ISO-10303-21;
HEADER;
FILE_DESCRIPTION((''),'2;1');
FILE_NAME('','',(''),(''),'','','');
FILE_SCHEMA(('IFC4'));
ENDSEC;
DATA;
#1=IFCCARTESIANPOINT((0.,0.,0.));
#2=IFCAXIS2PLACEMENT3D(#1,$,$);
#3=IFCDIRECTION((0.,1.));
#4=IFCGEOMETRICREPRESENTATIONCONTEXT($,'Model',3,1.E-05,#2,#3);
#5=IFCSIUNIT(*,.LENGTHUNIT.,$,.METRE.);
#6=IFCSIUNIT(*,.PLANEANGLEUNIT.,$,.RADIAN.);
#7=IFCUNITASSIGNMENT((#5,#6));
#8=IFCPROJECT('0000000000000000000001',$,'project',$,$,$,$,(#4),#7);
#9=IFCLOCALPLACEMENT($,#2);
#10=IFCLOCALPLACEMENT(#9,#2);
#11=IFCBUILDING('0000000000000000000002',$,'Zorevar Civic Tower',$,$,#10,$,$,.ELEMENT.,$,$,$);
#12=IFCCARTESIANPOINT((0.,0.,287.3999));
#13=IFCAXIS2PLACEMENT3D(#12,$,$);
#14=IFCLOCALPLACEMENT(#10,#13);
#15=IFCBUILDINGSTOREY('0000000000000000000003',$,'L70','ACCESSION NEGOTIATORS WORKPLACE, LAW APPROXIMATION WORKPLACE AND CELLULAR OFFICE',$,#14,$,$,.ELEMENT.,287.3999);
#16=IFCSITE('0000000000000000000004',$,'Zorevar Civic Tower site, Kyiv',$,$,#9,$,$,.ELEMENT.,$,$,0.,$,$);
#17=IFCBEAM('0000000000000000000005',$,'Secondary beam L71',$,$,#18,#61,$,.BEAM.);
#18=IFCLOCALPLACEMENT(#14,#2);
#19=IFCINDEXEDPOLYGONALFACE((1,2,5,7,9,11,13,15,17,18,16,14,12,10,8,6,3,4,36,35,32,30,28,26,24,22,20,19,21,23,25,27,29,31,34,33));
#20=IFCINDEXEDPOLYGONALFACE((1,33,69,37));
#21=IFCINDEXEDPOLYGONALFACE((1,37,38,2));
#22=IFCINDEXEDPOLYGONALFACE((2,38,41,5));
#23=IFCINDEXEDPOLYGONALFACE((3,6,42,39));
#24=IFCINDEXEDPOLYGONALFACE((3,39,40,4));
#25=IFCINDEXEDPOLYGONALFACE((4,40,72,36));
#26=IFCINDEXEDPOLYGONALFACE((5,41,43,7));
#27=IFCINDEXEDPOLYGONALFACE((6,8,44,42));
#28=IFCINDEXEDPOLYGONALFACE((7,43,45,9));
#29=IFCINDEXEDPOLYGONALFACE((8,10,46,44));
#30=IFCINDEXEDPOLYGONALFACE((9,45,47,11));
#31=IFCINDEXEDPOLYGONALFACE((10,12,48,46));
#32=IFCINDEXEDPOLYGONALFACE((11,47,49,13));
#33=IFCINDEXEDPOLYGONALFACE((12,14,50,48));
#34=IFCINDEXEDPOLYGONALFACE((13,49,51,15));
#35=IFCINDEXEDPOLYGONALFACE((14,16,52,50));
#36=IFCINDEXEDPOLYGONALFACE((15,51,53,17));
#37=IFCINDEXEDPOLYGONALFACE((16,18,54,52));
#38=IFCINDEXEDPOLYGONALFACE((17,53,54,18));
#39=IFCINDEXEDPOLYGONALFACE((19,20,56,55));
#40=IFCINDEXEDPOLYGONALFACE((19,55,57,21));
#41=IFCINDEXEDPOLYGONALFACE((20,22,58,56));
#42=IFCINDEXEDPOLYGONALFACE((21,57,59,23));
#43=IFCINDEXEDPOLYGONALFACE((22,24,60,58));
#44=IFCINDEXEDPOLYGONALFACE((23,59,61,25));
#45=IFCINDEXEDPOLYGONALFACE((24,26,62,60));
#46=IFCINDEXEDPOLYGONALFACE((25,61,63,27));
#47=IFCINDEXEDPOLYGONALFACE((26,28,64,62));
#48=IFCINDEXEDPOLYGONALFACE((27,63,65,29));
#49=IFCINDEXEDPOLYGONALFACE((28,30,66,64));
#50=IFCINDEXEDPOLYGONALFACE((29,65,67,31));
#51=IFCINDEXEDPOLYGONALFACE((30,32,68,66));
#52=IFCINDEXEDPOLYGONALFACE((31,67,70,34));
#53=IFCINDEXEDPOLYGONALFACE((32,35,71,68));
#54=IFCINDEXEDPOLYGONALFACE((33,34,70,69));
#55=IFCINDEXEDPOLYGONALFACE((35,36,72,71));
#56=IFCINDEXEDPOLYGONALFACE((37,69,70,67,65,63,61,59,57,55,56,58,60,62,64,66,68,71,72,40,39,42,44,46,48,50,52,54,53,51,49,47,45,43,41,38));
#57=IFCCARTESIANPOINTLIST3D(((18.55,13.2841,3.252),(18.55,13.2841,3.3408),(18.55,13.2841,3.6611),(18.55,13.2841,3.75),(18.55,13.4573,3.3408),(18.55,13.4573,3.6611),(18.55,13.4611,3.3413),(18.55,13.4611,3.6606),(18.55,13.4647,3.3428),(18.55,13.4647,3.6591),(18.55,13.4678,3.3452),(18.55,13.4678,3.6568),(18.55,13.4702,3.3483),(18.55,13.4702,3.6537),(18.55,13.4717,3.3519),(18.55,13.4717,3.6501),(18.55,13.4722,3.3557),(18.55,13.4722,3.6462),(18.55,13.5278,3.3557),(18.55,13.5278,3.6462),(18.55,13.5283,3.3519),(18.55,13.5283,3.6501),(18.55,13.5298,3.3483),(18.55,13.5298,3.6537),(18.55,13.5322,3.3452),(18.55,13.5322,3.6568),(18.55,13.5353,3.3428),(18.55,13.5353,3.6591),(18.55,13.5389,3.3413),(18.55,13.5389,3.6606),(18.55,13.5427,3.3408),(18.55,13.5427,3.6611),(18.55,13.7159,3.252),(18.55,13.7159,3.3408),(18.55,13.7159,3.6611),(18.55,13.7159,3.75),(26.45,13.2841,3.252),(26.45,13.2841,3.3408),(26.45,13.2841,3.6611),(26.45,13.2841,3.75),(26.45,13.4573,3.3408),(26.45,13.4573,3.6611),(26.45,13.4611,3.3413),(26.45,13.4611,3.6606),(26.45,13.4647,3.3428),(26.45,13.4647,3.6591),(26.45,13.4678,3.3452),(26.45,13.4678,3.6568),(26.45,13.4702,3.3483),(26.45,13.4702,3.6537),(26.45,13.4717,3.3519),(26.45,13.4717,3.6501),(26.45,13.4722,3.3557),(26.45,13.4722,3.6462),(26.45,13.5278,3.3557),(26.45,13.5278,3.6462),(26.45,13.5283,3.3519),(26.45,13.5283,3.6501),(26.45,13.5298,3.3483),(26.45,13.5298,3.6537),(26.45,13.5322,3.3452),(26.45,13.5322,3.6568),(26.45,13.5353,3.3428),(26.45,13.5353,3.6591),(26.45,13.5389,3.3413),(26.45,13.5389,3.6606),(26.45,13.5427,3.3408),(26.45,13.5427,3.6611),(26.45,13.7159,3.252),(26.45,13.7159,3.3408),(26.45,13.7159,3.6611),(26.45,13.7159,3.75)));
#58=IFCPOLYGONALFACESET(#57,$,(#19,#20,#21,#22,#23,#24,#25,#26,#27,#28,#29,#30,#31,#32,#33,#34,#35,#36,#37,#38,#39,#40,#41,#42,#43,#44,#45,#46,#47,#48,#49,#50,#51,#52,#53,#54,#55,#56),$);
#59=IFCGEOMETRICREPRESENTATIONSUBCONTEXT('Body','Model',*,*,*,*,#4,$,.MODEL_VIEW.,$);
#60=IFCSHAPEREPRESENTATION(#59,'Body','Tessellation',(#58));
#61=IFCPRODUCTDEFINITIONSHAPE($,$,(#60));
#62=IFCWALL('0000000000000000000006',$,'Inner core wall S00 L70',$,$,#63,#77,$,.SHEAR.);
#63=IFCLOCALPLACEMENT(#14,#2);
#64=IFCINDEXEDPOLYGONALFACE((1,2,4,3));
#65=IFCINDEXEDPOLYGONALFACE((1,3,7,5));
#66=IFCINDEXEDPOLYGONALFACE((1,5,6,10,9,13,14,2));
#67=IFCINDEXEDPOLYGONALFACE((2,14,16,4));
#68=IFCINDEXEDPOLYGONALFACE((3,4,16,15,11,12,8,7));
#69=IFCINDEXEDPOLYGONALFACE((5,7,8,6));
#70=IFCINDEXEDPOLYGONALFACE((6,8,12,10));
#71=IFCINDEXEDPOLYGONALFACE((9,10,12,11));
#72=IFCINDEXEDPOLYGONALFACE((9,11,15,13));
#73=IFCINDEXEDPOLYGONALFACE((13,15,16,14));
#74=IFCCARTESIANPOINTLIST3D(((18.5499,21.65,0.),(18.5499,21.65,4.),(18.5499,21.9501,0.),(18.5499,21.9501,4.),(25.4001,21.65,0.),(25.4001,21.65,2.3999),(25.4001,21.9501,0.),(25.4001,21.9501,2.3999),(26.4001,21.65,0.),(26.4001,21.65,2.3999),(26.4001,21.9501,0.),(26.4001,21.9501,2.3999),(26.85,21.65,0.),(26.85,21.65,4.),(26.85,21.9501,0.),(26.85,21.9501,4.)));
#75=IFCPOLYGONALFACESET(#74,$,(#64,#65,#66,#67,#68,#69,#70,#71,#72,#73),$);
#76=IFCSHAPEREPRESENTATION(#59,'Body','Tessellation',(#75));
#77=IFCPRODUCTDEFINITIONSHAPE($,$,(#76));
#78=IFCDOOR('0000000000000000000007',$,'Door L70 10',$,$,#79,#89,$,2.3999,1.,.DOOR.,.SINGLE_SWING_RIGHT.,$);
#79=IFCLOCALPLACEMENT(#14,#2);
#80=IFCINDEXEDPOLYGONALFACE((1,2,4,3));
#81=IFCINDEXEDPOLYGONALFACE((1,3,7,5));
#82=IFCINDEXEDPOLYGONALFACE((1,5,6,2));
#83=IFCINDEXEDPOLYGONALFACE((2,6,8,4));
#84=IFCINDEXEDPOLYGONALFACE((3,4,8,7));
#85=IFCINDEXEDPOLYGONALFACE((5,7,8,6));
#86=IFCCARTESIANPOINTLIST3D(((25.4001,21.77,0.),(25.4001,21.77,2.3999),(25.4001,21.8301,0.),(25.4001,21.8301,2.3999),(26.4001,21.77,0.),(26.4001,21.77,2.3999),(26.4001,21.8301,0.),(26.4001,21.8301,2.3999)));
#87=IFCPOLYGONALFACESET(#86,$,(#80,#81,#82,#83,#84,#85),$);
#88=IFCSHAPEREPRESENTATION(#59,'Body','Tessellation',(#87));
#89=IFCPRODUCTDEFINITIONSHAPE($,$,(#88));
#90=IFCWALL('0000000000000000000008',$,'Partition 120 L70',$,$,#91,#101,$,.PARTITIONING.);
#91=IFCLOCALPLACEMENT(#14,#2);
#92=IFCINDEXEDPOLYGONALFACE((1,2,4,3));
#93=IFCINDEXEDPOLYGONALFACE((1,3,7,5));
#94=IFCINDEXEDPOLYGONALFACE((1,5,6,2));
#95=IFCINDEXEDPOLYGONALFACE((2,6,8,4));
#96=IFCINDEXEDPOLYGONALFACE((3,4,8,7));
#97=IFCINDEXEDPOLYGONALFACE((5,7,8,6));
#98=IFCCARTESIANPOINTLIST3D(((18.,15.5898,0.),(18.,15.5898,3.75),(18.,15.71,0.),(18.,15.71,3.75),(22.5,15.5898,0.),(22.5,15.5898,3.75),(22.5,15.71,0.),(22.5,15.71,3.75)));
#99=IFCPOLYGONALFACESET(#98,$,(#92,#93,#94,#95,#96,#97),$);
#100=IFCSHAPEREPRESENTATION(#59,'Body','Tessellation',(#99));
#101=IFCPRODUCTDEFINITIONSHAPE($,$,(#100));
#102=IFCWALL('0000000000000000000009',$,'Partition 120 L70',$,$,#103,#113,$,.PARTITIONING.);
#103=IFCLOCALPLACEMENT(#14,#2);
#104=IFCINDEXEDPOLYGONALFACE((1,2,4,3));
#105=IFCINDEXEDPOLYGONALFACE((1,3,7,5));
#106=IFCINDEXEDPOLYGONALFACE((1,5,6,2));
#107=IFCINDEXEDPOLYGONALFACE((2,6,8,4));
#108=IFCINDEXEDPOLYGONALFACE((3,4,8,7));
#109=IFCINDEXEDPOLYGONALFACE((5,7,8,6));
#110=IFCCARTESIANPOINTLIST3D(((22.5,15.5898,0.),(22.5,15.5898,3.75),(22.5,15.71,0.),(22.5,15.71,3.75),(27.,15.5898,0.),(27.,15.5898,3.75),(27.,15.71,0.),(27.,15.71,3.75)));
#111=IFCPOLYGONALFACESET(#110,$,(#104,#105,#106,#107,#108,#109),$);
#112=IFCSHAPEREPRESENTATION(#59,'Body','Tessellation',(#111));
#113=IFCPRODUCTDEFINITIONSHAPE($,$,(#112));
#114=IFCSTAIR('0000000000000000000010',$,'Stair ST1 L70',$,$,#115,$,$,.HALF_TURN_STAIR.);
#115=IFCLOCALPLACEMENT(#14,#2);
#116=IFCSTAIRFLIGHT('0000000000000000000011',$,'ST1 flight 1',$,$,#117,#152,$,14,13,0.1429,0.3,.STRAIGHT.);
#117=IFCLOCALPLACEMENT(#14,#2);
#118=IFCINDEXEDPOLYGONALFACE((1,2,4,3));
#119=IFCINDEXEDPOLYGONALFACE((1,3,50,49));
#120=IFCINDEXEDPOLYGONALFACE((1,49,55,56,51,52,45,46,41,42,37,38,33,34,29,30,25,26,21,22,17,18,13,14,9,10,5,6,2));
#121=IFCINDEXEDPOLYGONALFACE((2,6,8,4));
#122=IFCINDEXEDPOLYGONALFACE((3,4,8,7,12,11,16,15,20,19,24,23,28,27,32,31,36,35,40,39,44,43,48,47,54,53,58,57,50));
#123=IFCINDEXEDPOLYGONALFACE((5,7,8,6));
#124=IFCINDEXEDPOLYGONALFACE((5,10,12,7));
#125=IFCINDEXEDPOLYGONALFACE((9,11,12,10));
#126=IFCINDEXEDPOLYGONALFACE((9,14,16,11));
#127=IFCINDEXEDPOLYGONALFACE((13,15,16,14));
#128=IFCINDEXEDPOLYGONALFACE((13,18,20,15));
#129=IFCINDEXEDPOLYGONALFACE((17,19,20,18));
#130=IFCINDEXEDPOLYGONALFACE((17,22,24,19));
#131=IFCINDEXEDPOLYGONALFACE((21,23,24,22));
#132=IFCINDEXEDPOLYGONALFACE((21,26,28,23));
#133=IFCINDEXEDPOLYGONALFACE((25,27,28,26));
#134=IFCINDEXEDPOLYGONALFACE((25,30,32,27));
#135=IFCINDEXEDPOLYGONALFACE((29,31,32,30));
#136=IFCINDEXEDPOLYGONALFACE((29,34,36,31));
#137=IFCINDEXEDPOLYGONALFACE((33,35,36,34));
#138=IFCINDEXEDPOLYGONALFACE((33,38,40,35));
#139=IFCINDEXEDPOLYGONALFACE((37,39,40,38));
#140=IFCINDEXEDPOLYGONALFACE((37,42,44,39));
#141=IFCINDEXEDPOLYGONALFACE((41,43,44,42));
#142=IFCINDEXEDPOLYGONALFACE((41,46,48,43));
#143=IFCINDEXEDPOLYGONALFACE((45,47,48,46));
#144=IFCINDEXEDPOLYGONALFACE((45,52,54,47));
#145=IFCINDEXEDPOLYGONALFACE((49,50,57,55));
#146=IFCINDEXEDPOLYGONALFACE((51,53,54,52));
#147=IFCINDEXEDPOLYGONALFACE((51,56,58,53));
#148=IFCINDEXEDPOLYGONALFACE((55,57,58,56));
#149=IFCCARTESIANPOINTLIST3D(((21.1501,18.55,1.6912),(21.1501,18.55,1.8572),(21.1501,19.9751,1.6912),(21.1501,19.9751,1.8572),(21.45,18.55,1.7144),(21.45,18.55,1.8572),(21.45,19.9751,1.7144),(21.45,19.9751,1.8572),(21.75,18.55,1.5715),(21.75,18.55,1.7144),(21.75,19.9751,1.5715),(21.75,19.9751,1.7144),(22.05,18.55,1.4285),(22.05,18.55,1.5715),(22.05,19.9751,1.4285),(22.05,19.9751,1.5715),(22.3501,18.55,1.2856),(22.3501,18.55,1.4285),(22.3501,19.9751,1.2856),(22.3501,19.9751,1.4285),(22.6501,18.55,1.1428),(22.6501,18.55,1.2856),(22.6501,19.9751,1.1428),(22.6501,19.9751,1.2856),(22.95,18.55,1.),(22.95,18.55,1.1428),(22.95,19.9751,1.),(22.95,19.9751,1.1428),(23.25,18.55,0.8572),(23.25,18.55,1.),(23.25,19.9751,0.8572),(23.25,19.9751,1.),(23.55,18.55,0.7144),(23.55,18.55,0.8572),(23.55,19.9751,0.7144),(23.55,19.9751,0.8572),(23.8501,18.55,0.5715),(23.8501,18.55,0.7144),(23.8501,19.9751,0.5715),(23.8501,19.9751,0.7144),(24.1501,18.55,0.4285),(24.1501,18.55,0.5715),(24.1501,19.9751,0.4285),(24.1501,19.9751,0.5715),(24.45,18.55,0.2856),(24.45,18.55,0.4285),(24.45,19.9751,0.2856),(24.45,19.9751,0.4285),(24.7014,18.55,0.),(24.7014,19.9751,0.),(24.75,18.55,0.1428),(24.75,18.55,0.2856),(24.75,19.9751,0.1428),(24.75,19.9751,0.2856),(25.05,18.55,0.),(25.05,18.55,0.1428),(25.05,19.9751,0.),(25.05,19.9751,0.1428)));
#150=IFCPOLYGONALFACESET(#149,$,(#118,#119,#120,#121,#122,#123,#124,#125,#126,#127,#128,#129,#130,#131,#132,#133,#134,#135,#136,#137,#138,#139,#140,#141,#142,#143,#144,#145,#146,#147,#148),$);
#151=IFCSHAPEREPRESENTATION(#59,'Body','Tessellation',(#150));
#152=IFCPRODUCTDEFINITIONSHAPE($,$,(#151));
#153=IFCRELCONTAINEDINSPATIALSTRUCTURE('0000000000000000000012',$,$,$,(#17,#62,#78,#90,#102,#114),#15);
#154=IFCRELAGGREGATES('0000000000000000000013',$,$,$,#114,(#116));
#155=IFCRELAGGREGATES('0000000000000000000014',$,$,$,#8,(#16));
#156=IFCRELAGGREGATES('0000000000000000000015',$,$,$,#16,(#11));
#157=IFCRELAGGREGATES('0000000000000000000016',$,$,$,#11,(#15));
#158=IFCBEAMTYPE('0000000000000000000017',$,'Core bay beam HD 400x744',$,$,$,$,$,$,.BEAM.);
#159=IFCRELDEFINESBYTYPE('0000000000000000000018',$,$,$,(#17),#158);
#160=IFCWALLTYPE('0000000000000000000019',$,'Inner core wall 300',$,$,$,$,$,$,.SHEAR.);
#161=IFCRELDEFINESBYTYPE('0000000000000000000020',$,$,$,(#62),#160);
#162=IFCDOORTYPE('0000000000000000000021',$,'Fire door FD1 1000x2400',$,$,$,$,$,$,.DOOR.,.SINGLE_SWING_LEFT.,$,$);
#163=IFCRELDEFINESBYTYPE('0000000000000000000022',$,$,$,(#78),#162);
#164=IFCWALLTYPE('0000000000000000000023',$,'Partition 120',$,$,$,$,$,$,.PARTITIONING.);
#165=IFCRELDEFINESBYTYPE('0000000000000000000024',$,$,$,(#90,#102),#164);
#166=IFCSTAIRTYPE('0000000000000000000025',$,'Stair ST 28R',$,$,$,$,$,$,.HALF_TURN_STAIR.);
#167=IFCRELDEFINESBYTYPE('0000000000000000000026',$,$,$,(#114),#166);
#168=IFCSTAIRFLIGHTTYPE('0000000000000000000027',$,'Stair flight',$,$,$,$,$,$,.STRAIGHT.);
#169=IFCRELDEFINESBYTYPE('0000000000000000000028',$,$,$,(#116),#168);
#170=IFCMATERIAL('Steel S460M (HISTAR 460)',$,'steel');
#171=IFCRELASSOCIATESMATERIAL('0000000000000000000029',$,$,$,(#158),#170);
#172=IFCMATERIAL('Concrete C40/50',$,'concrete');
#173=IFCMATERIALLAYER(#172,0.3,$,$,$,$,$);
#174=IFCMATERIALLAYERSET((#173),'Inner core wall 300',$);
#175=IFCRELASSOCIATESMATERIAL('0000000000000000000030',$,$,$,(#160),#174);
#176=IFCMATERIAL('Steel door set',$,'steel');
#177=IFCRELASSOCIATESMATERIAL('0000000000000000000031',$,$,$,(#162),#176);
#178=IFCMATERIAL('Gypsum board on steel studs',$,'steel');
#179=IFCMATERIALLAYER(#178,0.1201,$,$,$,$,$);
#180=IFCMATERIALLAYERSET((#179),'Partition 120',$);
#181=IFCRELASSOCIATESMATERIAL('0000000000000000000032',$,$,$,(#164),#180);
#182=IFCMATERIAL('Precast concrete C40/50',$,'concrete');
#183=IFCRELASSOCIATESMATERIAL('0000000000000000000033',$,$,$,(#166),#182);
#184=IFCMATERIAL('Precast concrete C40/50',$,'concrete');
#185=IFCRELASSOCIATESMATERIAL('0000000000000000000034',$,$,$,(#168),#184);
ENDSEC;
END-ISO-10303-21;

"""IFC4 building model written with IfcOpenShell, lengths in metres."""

from ifc_helpers import new_model, si_unit, direction, frame, frame_2d, origin, origin_2d, place, context, subcontext, project, spatial, polyline, rectangle, i_section, outline, extrude, material, layer, layer_set, material_profile, profile_set, type_object, element, fill, aggregate, save


model = new_model("IFC4")

# Units and contexts
model_context = context("Model", 3, precision=1e-05, world=origin(), true_north=direction((0.0, 1.0)))
body_context = subcontext(model_context, "Body", "Model", "MODEL_VIEW")
ifc_project = project(units=[si_unit("LENGTHUNIT", "METRE"), si_unit("PLANEANGLEUNIT", "RADIAN")], contexts=[model_context])

# Site, building, storey
site_placement = place(None, origin())
site = spatial("IfcSite", under=ifc_project, at=site_placement, Name="Zorevar Civic Tower site, Kyiv", CompositionType="ELEMENT", RefElevation=0.0)
building_placement = place(site_placement, origin())
building = spatial("IfcBuilding", under=site, at=building_placement, Name="Zorevar Civic Tower", CompositionType="ELEMENT")
storey_placement = place(building_placement, frame((0.0, 0.0, 287.3999)))
storey = spatial("IfcBuildingStorey", under=building, at=storey_placement, Name="L70", Description="ACCESSION NEGOTIATORS WORKPLACE, LAW APPROXIMATION WORKPLACE AND CELLULAR OFFICE", CompositionType="ELEMENT", Elevation=287.3999)

# Beam
ifc_material_1 = material(Name="Steel S460M (HISTAR 460)", Category="steel")
ifc_material_profile = material_profile(ifc_material_1, i_section(OverallWidth=0.4319, OverallDepth=0.498, WebThickness=0.0557, FlangeThickness=0.0889, FilletRadius=0.0149, at=origin_2d()), Name="HD 400x744")
ifc_profile_set = profile_set([ifc_material_profile], Name="Steel S460M (HISTAR 460)")
beam_type = type_object("IfcBeamType", Name="Core bay beam HD 400x744", PredefinedType="BEAM", material=ifc_profile_set)
beam_placement = place(storey_placement, frame((18.55, 13.5, 3.501), z_axis=(1.0, 0.0, 0.0), x_axis=(0.0, 1.0, 0.0)))
element("IfcBeam", 1, at=beam_placement, inside=storey, type_object=beam_type, Name="Secondary beam L71", PredefinedType="BEAM", context=body_context, shape_type="SweptSolid", body=[
    extrude(i_section(OverallWidth=0.4319, OverallDepth=0.498, WebThickness=0.0557, FlangeThickness=0.0889, FilletRadius=0.0149, at=origin_2d()), origin(), (0.0, 0.0, 1.0), 7.8999),
])

# Wall, opening, door
ifc_material_2 = material(Name="Concrete C40/50", Category="concrete")
ifc_layer_1 = layer(ifc_material_2, 0.3)
ifc_layer_set_1 = layer_set([ifc_layer_1], Name="Inner core wall 300")
wall_type_1 = type_object("IfcWallType", Name="Inner core wall 300", PredefinedType="SHEAR", material=ifc_layer_set_1)
wall_1_placement = place(storey_placement, frame((18.55, 21.8, 0.0), z_axis=(0.0, 0.0, 1.0), x_axis=(1.0, 0.0, 0.0)))
wall_1 = element("IfcWall", 2, at=wall_1_placement, inside=storey, type_object=wall_type_1, Name="Inner core wall S00 L70", PredefinedType="SHEAR", context=body_context, shape_type="SweptSolid", body=[
    extrude(rectangle(XDim=8.3, YDim=0.3, at=frame_2d((4.1499, 0.0))), origin(), (0.0, 0.0, 1.0), 4.0),
])
opening_1_placement = place(wall_1_placement, frame((6.8501, 0.0, 0.0)))
opening_1 = element("IfcOpeningElement", 3, at=opening_1_placement, cuts=wall_1, PredefinedType="OPENING", context=body_context, shape_type="SweptSolid", body=[
    extrude(rectangle(XDim=1.0, YDim=2.3999, at=frame_2d((0.5, 1.2))), frame((0.0, 0.1599, 0.0), z_axis=(0.0, -1.0, 0.0), x_axis=(1.0, 0.0, 0.0)), (0.0, 0.0, 1.0), 0.3201),
])
ifc_material_3 = material(Name="Steel door set", Category="steel")
door_type_1 = type_object("IfcDoorType", Name="Fire door FD1 1000x2400", OperationType="SINGLE_SWING_LEFT", PredefinedType="DOOR", material=ifc_material_3)
door_1_placement = place(opening_1_placement, origin())
door_1 = element("IfcDoor", 4, at=door_1_placement, inside=storey, type_object=door_type_1, Name="Door L70 10", OperationType="SINGLE_SWING_RIGHT", OverallHeight=2.3999, OverallWidth=1.0, PredefinedType="DOOR", context=body_context, shape_type="SweptSolid", body=[
    extrude(rectangle(XDim=1.0, YDim=2.3999, at=frame_2d((0.5, 1.2))), frame((0.0, 0.03, 0.0), z_axis=(0.0, -1.0, 0.0), x_axis=(1.0, 0.0, 0.0)), (0.0, 0.0, 1.0), 0.0601),
])
fill(opening_1, door_1)

# Walls
ifc_material_4 = material(Name="Gypsum board on steel studs", Category="steel")
ifc_layer_2 = layer(ifc_material_4, 0.1201)
ifc_layer_set_2 = layer_set([ifc_layer_2], Name="Partition 120")
wall_type_2 = type_object("IfcWallType", Name="Partition 120", PredefinedType="PARTITIONING", material=ifc_layer_set_2)
for number, where, z_axis, x_axis, name in (
    (5, (18.0, 15.6499, 0.0), (0.0, 0.0, 1.0), (1.0, 0.0, 0.0), "Partition 120 L70"),
    (6, (22.5, 15.6499, 0.0), (0.0, 0.0, 1.0), (1.0, 0.0, 0.0), "Partition 120 L70"),
):
    element("IfcWall", number, at=place(storey_placement, frame(where, z_axis=z_axis, x_axis=x_axis)), inside=storey, type_object=wall_type_2, Name=name, PredefinedType="PARTITIONING", context=body_context, shape_type="SweptSolid", body=[
        extrude(rectangle(XDim=4.5, YDim=0.1201, at=frame_2d((2.25, 0.0))), origin(), (0.0, 0.0, 1.0), 3.75),
    ])

# Stair, stair flight
ifc_material_5 = material(Name="Precast concrete C40/50", Category="concrete")
stair_type = type_object("IfcStairType", Name="Stair ST 28R", PredefinedType="HALF_TURN_STAIR", material=ifc_material_5)
stair_placement = place(storey_placement, origin())
stair = element("IfcStair", 7, at=stair_placement, inside=storey, type_object=stair_type, Name="Stair ST1 L70", PredefinedType="HALF_TURN_STAIR")
ifc_material_6 = material(Name="Precast concrete C40/50", Category="concrete")
stair_flight_type = type_object("IfcStairFlightType", Name="Stair flight", PredefinedType="STRAIGHT", material=ifc_material_6)
stair_flight_1_placement = place(storey_placement, frame((25.05, 19.2625, 0.0), z_axis=(0.0, 0.0, 1.0), x_axis=(-1.0, 0.0, 0.0)))
stair_flight_1 = element("IfcStairFlight", 8, at=stair_flight_1_placement, type_object=stair_flight_type, Name="ST1 flight 1", NumberOfRisers=14, NumberOfTreads=13, PredefinedType="STRAIGHT", RiserHeight=0.1429, TreadLength=0.3, context=body_context, shape_type="SweptSolid", body=[
    extrude(outline(polyline([(0.0, 0.0), (0.0, 0.1428), (0.3, 0.1428), (0.3, 0.2856), (0.6001, 0.2856), (0.6001, 0.4285), (0.8999, 0.4285), (0.8999, 0.5715), (1.2, 0.5715), (1.2, 0.7144), (1.5, 0.7144), (1.5, 0.8572), (1.8, 0.8572), (1.8, 1.0), (2.1001, 1.0), (2.1001, 1.1428), (2.3999, 1.1428), (2.3999, 1.2856), (2.7, 1.2856), (2.7, 1.4285), (3.0, 1.4285), (3.0, 1.5715), (3.3, 1.5715), (3.3, 1.7144), (3.6001, 1.7144), (3.6001, 1.8572), (3.8999, 1.8572), (3.8999, 2.0), (3.8999, 1.6912), (0.3486, 0.0), (0.0, 0.0)])), frame((0.0, 0.7124, 0.0), z_axis=(0.0, -1.0, 0.0), x_axis=(1.0, 0.0, 0.0)), (0.0, 0.0, 1.0), 1.425),
])
aggregate(stair, [stair_flight_1])

save(model, "model.ifc")
